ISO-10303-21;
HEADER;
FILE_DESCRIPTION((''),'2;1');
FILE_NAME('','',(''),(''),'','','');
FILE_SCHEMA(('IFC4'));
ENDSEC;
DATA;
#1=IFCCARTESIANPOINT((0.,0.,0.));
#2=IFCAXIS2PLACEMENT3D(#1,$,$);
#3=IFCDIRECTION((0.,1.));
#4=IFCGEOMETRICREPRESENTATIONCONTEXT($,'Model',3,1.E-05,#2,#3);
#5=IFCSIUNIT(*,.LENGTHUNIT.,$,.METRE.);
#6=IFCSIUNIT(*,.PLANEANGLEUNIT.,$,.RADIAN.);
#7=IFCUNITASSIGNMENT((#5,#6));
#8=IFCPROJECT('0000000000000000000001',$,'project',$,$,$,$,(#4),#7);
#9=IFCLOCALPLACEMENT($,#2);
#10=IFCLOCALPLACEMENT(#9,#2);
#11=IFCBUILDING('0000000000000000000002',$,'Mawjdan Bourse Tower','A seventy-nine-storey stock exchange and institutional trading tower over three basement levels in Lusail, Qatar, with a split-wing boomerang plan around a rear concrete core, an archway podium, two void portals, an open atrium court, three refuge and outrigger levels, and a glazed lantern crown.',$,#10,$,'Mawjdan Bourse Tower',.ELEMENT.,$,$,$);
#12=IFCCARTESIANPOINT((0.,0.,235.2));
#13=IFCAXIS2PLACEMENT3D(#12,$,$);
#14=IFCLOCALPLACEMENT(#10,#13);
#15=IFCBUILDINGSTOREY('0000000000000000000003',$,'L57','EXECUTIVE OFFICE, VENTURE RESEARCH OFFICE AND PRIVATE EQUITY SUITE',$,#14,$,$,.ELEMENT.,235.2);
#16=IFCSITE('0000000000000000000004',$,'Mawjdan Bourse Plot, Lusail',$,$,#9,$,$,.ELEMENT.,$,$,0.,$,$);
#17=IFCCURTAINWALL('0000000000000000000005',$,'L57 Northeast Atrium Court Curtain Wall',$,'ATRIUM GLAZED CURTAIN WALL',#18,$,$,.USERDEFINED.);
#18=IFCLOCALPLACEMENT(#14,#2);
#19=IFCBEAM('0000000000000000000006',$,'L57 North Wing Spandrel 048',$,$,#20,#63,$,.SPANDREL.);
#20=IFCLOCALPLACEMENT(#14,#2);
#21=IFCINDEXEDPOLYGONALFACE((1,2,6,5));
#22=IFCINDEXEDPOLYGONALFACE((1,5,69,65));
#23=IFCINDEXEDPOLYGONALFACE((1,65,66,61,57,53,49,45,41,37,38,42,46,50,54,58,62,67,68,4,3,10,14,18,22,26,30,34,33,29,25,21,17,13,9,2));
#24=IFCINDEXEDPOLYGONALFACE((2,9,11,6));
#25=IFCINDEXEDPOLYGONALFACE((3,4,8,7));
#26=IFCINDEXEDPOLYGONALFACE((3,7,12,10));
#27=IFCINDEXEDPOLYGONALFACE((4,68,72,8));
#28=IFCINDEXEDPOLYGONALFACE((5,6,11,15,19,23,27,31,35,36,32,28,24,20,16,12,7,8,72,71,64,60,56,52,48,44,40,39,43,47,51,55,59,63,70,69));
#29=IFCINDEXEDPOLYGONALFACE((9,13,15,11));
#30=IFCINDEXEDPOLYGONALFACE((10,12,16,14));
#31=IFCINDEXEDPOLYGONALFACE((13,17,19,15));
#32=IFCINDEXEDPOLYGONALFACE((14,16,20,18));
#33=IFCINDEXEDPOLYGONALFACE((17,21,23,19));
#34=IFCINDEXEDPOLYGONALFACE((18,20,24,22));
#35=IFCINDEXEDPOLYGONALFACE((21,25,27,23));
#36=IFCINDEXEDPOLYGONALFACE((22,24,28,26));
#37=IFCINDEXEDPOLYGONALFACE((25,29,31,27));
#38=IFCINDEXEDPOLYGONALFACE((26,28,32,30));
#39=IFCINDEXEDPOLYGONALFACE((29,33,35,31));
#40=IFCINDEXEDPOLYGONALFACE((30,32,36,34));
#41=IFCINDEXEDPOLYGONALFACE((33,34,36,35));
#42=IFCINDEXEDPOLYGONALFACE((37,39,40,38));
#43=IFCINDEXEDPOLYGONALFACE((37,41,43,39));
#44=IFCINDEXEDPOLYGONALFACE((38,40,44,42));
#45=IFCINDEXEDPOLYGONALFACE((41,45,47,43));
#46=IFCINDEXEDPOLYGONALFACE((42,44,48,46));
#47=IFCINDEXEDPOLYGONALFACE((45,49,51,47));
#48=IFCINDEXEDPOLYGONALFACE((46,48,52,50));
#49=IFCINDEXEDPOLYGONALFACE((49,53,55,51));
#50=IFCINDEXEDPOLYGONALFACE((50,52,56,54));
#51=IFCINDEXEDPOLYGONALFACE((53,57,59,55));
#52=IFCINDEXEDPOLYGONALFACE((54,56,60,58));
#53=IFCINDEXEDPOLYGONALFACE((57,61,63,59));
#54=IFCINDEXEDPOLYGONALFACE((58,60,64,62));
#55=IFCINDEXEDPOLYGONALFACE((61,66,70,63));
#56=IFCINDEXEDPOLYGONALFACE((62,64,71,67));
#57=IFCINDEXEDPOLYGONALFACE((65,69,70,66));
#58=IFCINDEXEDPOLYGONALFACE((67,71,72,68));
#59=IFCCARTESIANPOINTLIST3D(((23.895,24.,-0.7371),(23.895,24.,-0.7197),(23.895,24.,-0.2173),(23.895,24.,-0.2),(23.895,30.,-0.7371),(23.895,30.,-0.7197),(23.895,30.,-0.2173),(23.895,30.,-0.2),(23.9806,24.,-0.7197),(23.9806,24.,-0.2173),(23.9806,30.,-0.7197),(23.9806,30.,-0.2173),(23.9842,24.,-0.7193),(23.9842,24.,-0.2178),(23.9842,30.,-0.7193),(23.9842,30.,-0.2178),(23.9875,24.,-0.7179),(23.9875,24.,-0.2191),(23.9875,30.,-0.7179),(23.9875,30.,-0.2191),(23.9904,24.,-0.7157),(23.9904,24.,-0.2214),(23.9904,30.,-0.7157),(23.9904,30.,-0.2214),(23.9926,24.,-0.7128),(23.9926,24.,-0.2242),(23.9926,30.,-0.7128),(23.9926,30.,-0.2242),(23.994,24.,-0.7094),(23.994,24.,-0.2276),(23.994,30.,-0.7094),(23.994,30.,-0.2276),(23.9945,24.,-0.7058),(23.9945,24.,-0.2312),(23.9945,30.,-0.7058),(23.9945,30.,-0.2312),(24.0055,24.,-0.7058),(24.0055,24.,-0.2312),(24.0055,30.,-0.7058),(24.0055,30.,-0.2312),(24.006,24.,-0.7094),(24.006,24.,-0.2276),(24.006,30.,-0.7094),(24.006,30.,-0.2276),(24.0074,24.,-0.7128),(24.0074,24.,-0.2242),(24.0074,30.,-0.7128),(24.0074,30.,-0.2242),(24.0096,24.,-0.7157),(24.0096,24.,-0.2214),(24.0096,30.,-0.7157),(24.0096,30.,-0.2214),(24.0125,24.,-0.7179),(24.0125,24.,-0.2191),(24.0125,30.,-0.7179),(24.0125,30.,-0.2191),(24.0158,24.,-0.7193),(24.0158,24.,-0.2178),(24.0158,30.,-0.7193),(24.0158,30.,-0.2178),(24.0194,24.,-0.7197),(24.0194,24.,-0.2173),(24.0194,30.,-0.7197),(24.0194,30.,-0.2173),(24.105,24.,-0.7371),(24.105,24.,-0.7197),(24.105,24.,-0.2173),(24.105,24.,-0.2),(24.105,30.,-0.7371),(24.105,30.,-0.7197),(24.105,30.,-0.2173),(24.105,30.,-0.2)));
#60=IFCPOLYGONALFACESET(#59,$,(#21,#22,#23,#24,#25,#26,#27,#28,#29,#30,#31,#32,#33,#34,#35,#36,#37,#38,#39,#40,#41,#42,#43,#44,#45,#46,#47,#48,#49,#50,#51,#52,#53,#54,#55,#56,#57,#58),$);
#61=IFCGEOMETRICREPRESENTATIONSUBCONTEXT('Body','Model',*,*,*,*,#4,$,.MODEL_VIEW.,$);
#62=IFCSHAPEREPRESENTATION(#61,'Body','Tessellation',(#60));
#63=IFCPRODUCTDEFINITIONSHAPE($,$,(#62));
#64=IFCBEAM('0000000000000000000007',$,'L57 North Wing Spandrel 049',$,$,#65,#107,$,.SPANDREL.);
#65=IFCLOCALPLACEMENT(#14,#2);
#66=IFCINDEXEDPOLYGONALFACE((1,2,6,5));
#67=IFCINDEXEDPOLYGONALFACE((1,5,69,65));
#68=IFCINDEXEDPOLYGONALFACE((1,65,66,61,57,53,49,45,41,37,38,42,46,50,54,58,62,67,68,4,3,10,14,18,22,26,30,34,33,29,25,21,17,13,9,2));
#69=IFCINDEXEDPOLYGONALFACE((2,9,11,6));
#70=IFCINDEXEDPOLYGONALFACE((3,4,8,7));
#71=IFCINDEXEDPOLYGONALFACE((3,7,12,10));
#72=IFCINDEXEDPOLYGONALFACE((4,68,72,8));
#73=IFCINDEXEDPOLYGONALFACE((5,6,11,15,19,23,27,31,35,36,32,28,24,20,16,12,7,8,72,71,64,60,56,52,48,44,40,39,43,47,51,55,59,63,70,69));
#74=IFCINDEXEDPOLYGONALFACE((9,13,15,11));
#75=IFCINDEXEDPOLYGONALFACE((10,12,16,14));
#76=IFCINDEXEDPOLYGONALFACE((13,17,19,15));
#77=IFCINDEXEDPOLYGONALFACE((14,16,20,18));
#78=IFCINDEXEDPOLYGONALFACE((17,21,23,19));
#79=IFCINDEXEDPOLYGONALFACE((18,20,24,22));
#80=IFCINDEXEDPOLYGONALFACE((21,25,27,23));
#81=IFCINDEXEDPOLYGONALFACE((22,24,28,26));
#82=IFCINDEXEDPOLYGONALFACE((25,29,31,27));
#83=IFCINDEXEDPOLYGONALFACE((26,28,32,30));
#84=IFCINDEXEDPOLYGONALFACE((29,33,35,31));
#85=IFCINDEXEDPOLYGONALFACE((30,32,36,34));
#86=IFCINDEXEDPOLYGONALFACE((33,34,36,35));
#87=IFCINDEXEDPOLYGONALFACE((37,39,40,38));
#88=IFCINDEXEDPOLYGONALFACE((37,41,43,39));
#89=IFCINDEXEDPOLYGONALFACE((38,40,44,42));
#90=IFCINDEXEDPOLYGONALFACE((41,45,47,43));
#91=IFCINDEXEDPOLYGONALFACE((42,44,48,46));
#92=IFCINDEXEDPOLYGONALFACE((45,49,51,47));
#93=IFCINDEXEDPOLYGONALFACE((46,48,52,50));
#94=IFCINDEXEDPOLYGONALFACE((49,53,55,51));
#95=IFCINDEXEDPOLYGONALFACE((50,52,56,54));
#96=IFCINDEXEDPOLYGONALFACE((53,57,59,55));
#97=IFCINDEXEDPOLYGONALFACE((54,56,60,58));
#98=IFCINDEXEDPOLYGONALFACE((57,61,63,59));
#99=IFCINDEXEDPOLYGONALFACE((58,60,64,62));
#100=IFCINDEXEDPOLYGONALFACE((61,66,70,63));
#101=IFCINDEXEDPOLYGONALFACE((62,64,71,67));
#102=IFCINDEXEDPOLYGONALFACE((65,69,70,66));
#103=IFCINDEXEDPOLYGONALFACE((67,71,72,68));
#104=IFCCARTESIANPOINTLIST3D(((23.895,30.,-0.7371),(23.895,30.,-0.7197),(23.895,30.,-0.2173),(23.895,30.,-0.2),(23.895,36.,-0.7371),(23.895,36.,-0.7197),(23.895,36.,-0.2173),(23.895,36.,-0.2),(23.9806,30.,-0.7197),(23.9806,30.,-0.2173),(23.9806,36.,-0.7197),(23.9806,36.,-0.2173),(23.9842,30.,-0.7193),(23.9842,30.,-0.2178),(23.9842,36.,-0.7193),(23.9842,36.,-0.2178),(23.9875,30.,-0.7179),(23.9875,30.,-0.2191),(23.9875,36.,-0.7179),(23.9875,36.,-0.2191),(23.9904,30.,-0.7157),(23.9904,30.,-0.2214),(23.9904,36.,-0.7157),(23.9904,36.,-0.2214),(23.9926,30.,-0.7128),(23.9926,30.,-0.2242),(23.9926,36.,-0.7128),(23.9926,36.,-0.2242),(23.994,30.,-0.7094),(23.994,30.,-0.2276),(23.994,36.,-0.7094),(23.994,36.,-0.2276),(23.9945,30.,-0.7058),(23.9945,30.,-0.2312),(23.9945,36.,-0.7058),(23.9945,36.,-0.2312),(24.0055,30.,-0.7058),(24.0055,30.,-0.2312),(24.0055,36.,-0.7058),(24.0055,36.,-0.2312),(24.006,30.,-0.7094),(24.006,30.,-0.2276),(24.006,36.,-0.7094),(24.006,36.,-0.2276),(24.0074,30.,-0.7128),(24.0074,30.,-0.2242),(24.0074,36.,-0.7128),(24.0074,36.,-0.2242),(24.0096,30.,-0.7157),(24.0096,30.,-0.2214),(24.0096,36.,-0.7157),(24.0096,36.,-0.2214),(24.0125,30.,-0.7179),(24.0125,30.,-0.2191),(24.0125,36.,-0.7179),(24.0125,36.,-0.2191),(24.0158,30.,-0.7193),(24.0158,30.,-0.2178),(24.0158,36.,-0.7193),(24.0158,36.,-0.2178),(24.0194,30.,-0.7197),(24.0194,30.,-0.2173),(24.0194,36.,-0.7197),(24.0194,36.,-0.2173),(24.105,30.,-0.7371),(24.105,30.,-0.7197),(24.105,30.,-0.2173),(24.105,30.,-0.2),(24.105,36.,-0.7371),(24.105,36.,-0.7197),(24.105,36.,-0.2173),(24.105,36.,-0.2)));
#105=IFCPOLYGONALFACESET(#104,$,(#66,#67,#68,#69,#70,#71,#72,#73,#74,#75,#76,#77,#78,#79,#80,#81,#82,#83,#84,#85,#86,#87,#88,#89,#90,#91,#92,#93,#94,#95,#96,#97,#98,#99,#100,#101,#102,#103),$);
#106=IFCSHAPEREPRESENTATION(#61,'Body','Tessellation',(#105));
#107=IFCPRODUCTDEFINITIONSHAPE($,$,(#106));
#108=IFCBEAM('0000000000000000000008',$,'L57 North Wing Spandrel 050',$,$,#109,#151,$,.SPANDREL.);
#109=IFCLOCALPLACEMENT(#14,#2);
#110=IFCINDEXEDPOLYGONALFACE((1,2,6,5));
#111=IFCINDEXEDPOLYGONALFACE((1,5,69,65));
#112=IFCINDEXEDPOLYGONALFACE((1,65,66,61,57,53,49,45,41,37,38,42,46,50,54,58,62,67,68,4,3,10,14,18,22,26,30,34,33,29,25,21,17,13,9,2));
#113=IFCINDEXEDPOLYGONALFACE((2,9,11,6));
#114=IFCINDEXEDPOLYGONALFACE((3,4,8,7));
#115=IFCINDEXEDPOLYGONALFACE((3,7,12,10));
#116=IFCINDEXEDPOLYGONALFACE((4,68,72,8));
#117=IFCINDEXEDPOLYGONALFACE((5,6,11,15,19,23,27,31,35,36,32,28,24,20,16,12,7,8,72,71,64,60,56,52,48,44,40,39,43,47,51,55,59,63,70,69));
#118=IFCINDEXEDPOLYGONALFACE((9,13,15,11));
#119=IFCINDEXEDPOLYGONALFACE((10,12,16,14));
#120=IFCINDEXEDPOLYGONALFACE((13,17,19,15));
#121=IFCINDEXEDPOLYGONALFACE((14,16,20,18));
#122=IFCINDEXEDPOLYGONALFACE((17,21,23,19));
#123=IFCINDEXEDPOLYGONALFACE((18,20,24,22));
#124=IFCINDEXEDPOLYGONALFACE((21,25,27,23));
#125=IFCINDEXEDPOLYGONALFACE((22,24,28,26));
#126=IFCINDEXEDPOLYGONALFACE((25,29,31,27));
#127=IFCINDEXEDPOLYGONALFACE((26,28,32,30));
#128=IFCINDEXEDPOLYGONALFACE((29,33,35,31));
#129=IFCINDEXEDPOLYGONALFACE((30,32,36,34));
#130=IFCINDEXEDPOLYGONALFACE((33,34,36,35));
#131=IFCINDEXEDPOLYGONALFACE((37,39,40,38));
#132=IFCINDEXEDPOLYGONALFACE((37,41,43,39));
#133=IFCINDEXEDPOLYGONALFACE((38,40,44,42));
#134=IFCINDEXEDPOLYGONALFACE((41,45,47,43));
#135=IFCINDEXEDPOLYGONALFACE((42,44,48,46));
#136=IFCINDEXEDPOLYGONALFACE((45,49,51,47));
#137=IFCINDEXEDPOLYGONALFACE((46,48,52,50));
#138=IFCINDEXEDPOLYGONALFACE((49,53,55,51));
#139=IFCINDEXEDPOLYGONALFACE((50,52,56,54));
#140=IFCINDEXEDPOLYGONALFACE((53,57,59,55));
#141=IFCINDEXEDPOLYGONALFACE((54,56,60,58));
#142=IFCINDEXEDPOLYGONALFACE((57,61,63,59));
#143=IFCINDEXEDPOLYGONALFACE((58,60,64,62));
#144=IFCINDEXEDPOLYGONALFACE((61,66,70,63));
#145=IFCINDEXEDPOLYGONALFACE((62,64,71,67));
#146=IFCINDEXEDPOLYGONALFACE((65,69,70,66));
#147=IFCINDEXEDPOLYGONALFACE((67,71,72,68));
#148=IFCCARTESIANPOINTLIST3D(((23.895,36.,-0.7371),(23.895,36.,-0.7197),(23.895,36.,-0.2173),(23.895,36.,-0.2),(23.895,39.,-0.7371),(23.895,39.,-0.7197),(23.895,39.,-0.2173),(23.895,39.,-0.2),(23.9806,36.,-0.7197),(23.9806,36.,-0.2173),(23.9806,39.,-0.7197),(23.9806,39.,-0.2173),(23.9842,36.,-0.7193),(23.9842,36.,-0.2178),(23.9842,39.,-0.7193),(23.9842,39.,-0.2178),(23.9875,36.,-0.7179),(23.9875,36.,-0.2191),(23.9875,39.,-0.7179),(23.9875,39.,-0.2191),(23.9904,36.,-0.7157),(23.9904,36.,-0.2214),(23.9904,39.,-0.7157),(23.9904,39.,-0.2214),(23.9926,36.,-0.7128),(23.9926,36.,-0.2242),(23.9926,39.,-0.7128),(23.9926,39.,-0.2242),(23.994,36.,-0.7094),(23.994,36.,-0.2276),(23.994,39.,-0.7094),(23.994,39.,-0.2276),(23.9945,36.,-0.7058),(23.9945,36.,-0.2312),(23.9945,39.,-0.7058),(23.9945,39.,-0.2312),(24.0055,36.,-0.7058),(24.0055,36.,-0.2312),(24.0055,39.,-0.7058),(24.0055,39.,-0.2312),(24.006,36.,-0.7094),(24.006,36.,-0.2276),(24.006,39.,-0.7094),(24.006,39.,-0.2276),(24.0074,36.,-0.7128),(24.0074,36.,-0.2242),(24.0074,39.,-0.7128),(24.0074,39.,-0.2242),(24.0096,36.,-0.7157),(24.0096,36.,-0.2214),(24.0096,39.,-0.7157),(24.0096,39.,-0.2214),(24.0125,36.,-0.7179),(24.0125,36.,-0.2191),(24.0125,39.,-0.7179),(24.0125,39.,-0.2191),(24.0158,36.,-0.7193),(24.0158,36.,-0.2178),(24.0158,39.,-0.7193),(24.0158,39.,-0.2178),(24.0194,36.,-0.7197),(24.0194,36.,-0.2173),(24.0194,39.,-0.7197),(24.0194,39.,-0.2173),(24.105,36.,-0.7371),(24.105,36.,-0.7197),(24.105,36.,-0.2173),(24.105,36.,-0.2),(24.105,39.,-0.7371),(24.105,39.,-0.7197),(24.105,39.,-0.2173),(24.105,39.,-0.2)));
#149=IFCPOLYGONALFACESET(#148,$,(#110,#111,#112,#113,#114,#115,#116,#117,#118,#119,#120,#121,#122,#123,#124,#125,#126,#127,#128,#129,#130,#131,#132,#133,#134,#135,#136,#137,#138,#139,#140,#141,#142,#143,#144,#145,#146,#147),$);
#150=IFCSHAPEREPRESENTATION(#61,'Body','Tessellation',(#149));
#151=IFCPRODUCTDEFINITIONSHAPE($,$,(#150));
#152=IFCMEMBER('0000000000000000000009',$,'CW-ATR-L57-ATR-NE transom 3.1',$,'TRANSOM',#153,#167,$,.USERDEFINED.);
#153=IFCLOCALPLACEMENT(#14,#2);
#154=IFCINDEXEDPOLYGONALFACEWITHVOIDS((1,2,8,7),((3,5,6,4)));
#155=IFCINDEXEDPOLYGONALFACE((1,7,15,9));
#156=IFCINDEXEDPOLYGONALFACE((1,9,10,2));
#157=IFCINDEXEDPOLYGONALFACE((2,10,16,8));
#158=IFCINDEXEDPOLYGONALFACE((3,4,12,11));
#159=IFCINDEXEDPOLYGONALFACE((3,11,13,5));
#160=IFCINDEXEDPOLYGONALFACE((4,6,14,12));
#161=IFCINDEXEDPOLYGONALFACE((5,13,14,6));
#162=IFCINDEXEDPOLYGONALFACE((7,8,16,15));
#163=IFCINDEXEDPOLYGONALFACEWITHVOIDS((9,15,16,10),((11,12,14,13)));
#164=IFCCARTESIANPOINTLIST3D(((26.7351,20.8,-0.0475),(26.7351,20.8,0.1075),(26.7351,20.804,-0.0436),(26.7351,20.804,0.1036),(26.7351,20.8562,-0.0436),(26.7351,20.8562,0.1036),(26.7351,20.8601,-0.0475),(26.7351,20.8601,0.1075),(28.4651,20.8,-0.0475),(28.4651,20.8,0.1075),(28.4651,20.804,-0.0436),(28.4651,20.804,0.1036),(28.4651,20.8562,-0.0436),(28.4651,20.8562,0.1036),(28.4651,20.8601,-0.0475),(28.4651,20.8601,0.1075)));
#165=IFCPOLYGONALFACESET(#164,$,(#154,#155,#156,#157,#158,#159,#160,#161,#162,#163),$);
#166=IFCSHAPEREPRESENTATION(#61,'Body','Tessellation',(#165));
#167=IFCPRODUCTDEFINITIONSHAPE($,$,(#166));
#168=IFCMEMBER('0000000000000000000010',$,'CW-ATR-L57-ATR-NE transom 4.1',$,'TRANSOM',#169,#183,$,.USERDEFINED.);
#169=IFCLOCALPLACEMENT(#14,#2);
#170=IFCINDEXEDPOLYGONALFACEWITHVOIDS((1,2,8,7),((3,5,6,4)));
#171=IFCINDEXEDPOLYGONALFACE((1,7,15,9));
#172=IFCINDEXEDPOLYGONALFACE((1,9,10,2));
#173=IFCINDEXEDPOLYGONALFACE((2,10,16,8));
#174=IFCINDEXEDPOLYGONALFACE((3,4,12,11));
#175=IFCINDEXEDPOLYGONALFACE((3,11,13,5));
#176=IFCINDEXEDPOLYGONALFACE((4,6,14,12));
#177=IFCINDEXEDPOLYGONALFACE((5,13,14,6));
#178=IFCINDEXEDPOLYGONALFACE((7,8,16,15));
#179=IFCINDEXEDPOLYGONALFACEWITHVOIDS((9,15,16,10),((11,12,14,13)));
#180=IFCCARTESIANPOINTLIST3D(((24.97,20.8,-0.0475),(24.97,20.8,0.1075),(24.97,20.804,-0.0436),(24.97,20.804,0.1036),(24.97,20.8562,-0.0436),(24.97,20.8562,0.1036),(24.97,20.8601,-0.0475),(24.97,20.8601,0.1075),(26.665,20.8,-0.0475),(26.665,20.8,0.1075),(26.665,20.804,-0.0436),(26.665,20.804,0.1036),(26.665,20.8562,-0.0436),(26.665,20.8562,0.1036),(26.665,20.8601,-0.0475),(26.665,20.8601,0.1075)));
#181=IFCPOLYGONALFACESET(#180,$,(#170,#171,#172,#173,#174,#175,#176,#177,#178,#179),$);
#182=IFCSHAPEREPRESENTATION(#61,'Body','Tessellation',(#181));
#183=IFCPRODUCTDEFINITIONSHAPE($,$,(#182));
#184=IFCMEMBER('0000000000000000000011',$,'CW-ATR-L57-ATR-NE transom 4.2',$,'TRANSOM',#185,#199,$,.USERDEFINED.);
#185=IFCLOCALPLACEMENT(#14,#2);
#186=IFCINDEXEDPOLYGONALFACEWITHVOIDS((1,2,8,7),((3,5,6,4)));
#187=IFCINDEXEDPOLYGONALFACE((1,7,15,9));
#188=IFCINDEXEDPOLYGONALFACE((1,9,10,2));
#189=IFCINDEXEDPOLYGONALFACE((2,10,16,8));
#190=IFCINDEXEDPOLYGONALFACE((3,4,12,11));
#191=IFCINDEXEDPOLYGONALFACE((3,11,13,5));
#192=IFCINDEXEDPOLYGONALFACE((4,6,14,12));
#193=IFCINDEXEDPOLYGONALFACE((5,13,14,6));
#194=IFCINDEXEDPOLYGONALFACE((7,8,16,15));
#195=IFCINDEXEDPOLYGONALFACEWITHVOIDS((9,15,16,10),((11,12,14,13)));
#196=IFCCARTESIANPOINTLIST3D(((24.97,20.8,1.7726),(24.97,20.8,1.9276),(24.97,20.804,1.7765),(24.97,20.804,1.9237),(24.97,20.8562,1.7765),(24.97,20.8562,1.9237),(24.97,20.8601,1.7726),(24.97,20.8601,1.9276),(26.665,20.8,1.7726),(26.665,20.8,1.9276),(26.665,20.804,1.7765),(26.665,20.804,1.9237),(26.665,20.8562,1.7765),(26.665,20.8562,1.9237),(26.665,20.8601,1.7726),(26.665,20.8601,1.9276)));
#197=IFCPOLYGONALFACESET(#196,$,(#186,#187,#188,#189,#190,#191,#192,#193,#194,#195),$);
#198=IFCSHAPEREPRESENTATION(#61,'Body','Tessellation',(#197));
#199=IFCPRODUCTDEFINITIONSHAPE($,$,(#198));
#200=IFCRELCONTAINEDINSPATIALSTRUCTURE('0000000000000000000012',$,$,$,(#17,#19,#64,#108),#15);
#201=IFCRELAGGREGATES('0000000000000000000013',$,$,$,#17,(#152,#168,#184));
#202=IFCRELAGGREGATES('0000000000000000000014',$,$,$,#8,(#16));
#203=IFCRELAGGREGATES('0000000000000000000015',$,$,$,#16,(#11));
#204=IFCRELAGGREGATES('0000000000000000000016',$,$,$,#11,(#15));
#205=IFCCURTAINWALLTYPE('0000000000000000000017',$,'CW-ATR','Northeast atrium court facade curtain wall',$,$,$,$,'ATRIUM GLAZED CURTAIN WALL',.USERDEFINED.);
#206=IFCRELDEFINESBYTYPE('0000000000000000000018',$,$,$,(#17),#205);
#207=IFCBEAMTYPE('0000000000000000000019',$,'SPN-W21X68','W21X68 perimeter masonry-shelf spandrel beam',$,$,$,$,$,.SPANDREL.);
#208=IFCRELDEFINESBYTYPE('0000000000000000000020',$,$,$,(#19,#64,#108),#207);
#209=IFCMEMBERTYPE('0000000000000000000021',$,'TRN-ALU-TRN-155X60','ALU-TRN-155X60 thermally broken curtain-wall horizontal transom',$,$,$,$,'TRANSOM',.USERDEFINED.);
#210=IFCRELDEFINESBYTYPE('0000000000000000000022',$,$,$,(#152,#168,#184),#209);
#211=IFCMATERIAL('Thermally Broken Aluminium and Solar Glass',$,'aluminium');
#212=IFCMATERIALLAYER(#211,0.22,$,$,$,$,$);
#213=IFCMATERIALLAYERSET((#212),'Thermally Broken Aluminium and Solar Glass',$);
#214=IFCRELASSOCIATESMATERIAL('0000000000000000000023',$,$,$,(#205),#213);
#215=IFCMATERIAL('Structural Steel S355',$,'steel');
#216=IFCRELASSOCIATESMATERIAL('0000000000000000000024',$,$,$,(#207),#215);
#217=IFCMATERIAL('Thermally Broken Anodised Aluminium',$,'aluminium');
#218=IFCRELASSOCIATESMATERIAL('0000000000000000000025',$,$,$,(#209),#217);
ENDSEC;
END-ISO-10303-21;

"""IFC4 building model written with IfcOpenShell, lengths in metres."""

from ifc_helpers import new_model, si_unit, direction, frame, origin, origin_2d, place, context, subcontext, project, spatial, hollow_rectangle, i_section, extrude, material, layer, layer_set, material_profile, profile_set, type_object, element, aggregate, save


model = new_model("IFC4")

# Units and contexts
model_context = context("Model", 3, precision=1e-05, world=origin(), true_north=direction((0.0, 1.0)))
body_context = subcontext(model_context, "Body", "Model", "MODEL_VIEW")
ifc_project = project(units=[si_unit("LENGTHUNIT", "METRE"), si_unit("PLANEANGLEUNIT", "RADIAN")], contexts=[model_context])

# Site, building, storey
site_placement = place(None, origin())
site = spatial("IfcSite", under=ifc_project, at=site_placement, Name="Mawjdan Bourse Plot, Lusail", CompositionType="ELEMENT", RefElevation=0.0)
building_placement = place(site_placement, origin())
building = spatial("IfcBuilding", under=site, at=building_placement, Name="Mawjdan Bourse Tower", Description="A seventy-nine-storey stock exchange and institutional trading tower over three basement levels in Lusail, Qatar, with a split-wing boomerang plan around a rear concrete core, an archway podium, two void portals, an open atrium court, three refuge and outrigger levels, and a glazed lantern crown.", LongName="Mawjdan Bourse Tower", CompositionType="ELEMENT")
storey_placement = place(building_placement, frame((0.0, 0.0, 235.2)))
storey = spatial("IfcBuildingStorey", under=building, at=storey_placement, Name="L57", Description="EXECUTIVE OFFICE, VENTURE RESEARCH OFFICE AND PRIVATE EQUITY SUITE", CompositionType="ELEMENT", Elevation=235.2)

# Shared definitions
ifc_material_1 = material(Name="Structural Steel S355", Category="steel")

# Curtain wall
ifc_material_2 = material(Name="Thermally Broken Aluminium and Solar Glass", Category="aluminium")
ifc_layer_1 = layer(ifc_material_2, 0.22)
ifc_layer_set_1 = layer_set([ifc_layer_1], Name="Thermally Broken Aluminium and Solar Glass")
curtain_wall_type = type_object("IfcCurtainWallType", Name="CW-ATR", Description="Northeast atrium court facade curtain wall", ElementType="ATRIUM GLAZED CURTAIN WALL", PredefinedType="USERDEFINED", material=ifc_layer_set_1)
curtain_wall_placement = place(storey_placement, origin())
curtain_wall = element("IfcCurtainWall", 1, at=curtain_wall_placement, inside=storey, type_object=curtain_wall_type, Name="L57 Northeast Atrium Court Curtain Wall", ObjectType="ATRIUM GLAZED CURTAIN WALL", PredefinedType="USERDEFINED")
ifc_material_3 = material(Name="Thermally Broken Anodised Aluminium", Category="aluminium")

# Beams
ifc_material_profile_1 = material_profile(ifc_material_1, i_section(OverallWidth=0.21, OverallDepth=0.5371, WebThickness=0.011, FlangeThickness=0.0173, FilletRadius=0.0139, at=origin_2d()), Name="W21X68")
ifc_profile_set_1 = profile_set([ifc_material_profile_1], Name="Structural Steel S355")
beam_type_1 = type_object("IfcBeamType", Name="SPN-W21X68", Description="W21X68 perimeter masonry-shelf spandrel beam", PredefinedType="SPANDREL", material=ifc_profile_set_1)
for number, where, z_axis, x_axis, name in (
    (2, (24.0, 24.0, -0.4685), (0.0, 1.0, 0.0), (-1.0, 0.0, 0.0), "L57 North Wing Spandrel 048"),
    (3, (24.0, 30.0, -0.4685), (0.0, 1.0, 0.0), (-1.0, 0.0, 0.0), "L57 North Wing Spandrel 049"),
):
    element("IfcBeam", number, at=place(storey_placement, frame(where, z_axis=z_axis, x_axis=x_axis)), inside=storey, type_object=beam_type_1, Name=name, PredefinedType="SPANDREL", context=body_context, shape_type="SweptSolid", body=[
        extrude(i_section(OverallWidth=0.21, OverallDepth=0.5371, WebThickness=0.011, FlangeThickness=0.0173, FilletRadius=0.0139, at=origin_2d()), origin(), (0.0, 0.0, 1.0), 6.0),
    ])
beam_1_placement = place(storey_placement, frame((24.0, 36.0, -0.4685), z_axis=(0.0, 1.0, 0.0), x_axis=(-1.0, 0.0, 0.0)))
element("IfcBeam", 4, at=beam_1_placement, inside=storey, type_object=beam_type_1, Name="L57 North Wing Spandrel 050", PredefinedType="SPANDREL", context=body_context, shape_type="SweptSolid", body=[
    extrude(i_section(OverallWidth=0.21, OverallDepth=0.5371, WebThickness=0.011, FlangeThickness=0.0173, FilletRadius=0.0139, at=origin_2d()), origin(), (0.0, 0.0, 1.0), 3.0),
])

# Members
ifc_material_profile_2 = material_profile(ifc_material_3, hollow_rectangle(XDim=0.0601, YDim=0.155, WallThickness=0.0039, at=origin_2d()), Name="ALU-TRN-155X60")
ifc_profile_set_2 = profile_set([ifc_material_profile_2], Name="Thermally Broken Anodised Aluminium")
member_type_1 = type_object("IfcMemberType", Name="TRN-ALU-TRN-155X60", Description="ALU-TRN-155X60 thermally broken curtain-wall horizontal transom", ElementType="TRANSOM", PredefinedType="USERDEFINED", material=ifc_profile_set_2)
member_1_placement = place(storey_placement, frame((28.4651, 20.8301, 0.03), z_axis=(-1.0, 0.0, 0.0), x_axis=(0.0, -1.0, 0.0)))
member_1 = element("IfcMember", 5, at=member_1_placement, type_object=member_type_1, Name="CW-ATR-L57-ATR-NE transom 3.1", ObjectType="TRANSOM", PredefinedType="USERDEFINED", context=body_context, shape_type="SweptSolid", body=[
    extrude(hollow_rectangle(XDim=0.0601, YDim=0.155, WallThickness=0.0039, at=origin_2d()), origin(), (0.0, 0.0, 1.0), 1.73),
])
member_2_placement = place(storey_placement, frame((26.665, 20.8301, 0.03), z_axis=(-1.0, 0.0, 0.0), x_axis=(0.0, -1.0, 0.0)))
member_2 = element("IfcMember", 6, at=member_2_placement, type_object=member_type_1, Name="CW-ATR-L57-ATR-NE transom 4.1", ObjectType="TRANSOM", PredefinedType="USERDEFINED", context=body_context, shape_type="SweptSolid", body=[
    extrude(hollow_rectangle(XDim=0.0601, YDim=0.155, WallThickness=0.0039, at=origin_2d()), origin(), (0.0, 0.0, 1.0), 1.6951),
])
member_3_placement = place(storey_placement, frame((26.665, 20.8301, 1.8501), z_axis=(-1.0, 0.0, 0.0), x_axis=(0.0, -1.0, 0.0)))
member_3 = element("IfcMember", 7, at=member_3_placement, type_object=member_type_1, Name="CW-ATR-L57-ATR-NE transom 4.2", ObjectType="TRANSOM", PredefinedType="USERDEFINED", context=body_context, shape_type="SweptSolid", body=[
    extrude(hollow_rectangle(XDim=0.0601, YDim=0.155, WallThickness=0.0039, at=origin_2d()), origin(), (0.0, 0.0, 1.0), 1.6951),
])

aggregate(curtain_wall, [member_1, member_2, member_3])

save(model, "model.ifc")
